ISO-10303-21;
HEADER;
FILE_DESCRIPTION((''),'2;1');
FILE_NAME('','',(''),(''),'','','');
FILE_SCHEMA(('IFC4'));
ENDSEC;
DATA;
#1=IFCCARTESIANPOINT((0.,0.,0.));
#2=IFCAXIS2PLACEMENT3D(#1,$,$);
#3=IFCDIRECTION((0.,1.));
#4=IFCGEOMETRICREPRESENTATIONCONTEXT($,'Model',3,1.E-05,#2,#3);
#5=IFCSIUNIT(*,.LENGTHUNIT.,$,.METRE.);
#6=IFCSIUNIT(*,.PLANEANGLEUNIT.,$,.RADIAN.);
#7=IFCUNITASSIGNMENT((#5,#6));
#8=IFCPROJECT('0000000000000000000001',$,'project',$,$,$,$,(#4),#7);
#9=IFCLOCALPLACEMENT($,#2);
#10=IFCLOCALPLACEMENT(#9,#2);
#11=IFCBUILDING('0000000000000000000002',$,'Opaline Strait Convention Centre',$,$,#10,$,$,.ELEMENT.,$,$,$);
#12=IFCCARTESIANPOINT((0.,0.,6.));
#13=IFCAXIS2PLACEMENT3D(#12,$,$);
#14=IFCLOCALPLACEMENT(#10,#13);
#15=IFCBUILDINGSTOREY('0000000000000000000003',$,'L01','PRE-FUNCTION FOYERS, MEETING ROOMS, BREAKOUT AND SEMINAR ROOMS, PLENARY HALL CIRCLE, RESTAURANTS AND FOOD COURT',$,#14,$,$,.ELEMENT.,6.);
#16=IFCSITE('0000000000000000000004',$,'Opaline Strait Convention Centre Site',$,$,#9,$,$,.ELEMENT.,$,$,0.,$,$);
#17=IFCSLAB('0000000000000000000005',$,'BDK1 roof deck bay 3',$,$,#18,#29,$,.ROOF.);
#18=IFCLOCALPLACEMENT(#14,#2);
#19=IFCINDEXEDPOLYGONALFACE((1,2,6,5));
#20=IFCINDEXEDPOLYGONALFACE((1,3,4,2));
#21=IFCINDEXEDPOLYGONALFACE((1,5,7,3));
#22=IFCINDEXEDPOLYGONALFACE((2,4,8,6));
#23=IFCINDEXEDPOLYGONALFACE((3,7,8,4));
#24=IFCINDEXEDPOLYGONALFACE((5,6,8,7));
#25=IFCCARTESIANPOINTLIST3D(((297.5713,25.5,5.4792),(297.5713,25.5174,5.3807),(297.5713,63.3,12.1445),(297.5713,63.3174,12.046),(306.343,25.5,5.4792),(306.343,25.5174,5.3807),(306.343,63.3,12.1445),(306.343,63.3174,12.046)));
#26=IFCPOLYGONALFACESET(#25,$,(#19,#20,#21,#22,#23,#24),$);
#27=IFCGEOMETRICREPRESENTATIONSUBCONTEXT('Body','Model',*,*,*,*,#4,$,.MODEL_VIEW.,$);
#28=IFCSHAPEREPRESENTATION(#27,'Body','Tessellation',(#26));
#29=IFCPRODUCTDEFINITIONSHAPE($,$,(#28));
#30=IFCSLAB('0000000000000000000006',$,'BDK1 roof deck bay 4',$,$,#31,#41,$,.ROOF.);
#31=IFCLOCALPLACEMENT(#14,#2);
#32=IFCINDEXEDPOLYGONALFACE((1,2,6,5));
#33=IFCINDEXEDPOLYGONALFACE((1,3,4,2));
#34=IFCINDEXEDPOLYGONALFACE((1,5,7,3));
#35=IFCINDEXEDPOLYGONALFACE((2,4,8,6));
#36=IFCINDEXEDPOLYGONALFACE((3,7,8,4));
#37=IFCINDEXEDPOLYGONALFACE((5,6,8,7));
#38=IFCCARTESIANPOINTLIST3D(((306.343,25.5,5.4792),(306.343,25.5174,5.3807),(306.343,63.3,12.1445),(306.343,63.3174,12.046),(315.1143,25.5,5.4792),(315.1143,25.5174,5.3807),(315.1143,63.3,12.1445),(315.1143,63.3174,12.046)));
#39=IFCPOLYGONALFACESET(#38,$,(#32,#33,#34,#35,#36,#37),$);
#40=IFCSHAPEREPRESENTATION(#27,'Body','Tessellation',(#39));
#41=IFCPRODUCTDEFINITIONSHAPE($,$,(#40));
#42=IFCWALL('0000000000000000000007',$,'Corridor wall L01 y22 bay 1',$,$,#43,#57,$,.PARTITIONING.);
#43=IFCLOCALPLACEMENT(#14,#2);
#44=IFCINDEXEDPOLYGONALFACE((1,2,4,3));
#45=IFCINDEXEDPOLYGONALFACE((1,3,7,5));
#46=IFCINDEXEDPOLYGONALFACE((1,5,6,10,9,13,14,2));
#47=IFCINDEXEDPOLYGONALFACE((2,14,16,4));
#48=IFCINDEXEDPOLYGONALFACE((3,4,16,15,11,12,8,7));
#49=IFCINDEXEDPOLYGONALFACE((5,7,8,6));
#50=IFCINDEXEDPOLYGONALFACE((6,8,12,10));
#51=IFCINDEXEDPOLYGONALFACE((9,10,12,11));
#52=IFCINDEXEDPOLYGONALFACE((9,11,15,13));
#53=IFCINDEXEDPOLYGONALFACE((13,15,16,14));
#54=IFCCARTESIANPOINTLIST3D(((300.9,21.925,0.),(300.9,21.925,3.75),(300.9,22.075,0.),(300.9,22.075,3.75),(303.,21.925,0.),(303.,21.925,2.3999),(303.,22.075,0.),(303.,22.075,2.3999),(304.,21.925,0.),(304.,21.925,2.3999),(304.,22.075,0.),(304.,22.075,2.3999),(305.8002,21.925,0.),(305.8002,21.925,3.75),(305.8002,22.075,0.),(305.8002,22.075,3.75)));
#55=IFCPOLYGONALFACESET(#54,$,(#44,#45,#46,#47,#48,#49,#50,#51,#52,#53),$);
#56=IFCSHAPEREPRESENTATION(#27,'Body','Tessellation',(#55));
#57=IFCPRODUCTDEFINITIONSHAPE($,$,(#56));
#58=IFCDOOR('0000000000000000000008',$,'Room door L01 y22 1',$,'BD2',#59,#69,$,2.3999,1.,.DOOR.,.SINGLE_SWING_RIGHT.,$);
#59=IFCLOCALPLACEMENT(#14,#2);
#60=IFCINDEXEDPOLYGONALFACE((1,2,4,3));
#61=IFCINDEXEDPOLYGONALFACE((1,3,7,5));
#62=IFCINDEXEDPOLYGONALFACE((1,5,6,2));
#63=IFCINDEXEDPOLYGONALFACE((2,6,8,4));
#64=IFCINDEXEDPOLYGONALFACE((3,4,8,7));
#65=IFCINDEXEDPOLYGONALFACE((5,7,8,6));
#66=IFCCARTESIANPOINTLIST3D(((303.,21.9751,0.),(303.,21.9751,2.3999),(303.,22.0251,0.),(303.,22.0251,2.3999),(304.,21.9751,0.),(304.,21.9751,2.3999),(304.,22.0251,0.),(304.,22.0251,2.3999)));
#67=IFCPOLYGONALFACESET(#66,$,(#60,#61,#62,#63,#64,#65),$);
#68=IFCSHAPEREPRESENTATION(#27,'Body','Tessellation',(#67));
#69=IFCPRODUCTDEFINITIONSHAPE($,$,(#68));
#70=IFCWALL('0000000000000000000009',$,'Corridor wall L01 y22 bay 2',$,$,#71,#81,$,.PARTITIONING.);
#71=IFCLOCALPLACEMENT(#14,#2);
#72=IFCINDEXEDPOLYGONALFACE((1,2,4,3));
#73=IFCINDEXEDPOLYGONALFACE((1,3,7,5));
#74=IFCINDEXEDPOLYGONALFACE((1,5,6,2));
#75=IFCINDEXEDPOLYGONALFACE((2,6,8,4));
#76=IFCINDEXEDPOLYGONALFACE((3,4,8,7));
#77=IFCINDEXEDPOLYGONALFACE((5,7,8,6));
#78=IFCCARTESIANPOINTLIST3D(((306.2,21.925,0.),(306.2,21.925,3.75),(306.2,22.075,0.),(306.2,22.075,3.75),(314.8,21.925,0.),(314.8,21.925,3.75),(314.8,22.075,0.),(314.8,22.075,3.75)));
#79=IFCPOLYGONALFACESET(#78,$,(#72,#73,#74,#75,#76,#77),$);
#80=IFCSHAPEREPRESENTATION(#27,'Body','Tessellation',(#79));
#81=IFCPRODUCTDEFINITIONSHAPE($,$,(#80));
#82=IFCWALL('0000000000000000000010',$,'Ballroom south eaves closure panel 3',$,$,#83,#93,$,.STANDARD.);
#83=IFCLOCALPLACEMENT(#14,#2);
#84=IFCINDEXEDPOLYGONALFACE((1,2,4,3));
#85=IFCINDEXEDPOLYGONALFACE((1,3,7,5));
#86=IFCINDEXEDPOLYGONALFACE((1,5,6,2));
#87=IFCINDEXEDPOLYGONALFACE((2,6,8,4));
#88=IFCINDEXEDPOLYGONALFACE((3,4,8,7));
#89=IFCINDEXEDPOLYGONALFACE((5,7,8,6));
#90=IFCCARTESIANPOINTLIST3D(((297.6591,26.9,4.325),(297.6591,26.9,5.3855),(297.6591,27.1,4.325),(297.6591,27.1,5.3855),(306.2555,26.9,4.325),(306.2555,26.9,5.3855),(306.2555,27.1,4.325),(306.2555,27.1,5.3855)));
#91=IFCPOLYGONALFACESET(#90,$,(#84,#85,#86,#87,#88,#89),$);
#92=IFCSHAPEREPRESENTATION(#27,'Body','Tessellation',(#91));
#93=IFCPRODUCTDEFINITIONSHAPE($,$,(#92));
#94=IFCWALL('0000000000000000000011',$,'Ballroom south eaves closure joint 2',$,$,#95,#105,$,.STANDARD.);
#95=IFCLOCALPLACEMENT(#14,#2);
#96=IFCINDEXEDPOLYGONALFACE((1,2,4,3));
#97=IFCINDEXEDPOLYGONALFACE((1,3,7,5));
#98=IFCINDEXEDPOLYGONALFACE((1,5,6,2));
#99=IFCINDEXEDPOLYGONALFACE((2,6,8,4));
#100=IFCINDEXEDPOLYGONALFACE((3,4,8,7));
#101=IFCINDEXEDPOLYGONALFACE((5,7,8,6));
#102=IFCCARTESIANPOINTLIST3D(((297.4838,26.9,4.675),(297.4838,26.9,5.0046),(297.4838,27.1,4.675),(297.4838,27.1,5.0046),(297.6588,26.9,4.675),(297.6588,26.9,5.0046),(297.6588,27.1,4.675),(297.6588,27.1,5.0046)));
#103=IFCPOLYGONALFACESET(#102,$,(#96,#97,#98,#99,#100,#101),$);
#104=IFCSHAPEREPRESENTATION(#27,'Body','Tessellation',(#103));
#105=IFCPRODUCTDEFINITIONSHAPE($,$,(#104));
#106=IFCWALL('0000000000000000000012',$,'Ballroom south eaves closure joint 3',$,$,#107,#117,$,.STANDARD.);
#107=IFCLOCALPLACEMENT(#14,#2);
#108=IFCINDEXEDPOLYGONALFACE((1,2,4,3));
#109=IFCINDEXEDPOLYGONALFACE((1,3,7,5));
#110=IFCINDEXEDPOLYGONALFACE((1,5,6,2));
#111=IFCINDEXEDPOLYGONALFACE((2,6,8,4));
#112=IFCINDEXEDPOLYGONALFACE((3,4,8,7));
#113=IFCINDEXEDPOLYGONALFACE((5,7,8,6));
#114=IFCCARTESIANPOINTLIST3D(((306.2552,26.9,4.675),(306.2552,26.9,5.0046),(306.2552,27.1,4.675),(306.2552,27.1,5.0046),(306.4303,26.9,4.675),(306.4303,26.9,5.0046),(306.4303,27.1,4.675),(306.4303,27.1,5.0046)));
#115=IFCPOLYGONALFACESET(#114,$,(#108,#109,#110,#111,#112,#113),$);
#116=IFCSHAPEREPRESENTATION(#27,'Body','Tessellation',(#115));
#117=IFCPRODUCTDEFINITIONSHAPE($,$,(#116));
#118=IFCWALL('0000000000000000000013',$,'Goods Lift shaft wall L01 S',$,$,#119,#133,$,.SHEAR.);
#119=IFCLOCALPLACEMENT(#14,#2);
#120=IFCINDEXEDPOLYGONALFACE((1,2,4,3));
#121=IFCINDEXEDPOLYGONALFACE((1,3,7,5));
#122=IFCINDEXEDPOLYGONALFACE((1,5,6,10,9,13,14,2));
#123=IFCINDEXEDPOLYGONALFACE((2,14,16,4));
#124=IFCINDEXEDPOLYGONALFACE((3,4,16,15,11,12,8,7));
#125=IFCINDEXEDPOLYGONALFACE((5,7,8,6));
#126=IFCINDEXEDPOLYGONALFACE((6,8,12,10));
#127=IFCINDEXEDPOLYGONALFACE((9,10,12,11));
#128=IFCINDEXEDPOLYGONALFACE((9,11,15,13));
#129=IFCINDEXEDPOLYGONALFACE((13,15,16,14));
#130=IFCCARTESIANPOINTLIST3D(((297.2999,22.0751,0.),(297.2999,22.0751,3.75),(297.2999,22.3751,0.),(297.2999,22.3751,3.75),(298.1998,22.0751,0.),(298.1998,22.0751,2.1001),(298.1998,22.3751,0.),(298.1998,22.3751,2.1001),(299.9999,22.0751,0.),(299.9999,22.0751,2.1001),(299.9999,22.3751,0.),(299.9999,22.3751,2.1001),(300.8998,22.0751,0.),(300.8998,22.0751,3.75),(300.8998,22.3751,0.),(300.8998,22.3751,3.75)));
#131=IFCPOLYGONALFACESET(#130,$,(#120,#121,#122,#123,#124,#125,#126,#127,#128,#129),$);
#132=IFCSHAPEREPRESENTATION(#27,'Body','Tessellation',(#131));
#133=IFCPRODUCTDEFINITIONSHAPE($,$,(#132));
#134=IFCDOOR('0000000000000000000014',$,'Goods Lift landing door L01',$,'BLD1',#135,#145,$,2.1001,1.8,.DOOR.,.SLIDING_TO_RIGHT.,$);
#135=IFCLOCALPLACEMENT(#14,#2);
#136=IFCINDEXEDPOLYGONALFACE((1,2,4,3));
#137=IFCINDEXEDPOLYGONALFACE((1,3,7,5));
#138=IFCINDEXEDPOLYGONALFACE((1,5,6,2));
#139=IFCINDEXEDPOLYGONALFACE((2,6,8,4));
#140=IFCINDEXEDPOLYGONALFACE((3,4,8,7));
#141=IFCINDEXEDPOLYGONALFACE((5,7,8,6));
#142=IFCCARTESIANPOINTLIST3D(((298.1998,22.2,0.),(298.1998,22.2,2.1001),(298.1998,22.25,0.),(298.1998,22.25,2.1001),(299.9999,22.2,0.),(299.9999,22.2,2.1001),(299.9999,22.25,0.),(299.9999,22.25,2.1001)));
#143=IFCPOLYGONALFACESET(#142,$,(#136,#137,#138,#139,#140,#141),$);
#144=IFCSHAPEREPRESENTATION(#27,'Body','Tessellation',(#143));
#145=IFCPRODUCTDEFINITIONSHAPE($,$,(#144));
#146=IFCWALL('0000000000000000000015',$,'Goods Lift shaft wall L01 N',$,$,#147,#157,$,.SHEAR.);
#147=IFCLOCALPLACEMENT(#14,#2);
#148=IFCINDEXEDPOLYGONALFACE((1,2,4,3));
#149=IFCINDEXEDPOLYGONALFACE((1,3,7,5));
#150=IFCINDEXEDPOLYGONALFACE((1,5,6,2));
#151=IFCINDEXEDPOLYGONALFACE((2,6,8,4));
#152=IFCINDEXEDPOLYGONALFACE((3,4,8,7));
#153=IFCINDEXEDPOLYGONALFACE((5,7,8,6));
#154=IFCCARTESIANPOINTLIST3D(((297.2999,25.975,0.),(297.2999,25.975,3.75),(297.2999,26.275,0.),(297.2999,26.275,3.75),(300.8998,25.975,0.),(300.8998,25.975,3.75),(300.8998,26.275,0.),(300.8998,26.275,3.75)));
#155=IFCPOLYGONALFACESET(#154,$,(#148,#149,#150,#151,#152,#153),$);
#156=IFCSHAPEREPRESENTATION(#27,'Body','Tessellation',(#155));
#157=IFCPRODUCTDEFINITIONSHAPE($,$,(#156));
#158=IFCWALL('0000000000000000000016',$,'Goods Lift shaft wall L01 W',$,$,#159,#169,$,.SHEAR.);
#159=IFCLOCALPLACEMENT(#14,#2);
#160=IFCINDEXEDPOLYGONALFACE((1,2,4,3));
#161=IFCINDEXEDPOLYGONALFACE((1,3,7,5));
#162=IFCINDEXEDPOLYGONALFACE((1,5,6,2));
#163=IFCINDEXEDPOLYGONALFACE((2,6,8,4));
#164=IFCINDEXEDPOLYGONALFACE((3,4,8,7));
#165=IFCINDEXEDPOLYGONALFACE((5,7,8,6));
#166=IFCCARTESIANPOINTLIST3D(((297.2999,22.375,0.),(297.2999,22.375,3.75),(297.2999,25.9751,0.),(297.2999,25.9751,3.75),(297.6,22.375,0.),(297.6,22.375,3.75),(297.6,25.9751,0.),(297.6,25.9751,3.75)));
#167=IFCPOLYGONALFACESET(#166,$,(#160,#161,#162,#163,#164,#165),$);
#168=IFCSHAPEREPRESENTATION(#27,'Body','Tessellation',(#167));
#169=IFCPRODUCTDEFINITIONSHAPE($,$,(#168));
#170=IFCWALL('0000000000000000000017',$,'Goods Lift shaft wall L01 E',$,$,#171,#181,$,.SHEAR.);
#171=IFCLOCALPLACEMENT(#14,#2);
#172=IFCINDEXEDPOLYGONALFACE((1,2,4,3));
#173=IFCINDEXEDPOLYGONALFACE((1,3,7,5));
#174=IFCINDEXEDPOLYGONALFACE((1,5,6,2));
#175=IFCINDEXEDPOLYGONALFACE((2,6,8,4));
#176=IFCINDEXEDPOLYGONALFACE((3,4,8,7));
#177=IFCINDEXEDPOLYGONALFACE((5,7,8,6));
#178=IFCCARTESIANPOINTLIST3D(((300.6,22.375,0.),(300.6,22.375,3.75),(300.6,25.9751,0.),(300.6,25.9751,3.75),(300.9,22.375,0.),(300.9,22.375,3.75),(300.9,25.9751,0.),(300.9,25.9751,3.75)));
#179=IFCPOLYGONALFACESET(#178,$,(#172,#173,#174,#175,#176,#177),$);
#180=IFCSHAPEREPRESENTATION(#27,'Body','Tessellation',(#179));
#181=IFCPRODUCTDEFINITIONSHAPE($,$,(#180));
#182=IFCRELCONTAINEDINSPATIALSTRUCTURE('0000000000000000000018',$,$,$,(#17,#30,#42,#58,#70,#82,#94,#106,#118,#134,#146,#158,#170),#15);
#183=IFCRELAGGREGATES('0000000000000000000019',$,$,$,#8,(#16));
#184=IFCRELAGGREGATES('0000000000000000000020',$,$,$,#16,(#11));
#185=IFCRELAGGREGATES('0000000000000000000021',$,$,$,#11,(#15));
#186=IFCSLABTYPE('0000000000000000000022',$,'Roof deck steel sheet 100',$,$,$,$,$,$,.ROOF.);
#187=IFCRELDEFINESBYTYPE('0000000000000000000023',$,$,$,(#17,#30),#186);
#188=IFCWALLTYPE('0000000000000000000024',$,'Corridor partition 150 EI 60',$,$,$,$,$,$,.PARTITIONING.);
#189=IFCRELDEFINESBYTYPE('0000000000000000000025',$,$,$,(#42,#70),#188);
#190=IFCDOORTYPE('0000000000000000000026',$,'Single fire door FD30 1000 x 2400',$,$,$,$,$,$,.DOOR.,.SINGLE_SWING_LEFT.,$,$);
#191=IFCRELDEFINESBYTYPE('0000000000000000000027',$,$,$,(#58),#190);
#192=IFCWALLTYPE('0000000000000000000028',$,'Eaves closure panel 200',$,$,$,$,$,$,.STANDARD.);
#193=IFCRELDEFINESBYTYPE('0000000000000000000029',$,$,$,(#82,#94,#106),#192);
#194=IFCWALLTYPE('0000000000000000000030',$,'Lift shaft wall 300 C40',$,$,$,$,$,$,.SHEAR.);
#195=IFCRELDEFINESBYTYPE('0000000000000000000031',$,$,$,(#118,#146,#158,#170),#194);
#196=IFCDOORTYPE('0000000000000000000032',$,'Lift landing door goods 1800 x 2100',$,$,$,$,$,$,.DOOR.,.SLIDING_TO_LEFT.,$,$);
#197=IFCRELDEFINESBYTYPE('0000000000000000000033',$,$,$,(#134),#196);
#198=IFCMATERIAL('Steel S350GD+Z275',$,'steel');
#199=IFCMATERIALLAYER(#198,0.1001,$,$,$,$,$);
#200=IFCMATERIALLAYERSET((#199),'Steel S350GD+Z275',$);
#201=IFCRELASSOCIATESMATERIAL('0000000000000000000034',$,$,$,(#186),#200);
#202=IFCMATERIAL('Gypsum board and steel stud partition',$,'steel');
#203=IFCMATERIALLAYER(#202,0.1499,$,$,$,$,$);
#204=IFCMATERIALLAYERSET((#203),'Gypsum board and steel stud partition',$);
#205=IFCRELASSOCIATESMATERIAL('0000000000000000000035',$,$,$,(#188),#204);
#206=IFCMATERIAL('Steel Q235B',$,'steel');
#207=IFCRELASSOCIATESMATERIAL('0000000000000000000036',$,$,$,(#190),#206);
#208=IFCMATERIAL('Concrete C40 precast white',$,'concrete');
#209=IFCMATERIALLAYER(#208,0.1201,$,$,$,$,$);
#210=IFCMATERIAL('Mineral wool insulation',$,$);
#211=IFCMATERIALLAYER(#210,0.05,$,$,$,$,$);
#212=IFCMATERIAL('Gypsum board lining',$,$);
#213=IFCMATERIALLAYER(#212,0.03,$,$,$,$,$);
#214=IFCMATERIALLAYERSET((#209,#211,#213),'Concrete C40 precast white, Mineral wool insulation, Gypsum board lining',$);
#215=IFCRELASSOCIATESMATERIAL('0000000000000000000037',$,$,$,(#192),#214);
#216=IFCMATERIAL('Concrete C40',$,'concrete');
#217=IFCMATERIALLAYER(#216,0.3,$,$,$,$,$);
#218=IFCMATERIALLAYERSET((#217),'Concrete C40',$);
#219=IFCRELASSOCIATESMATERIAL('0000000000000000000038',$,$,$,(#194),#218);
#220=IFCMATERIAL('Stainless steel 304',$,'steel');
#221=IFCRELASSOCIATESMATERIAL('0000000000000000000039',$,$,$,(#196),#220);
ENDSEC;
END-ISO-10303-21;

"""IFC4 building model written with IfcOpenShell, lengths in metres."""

from ifc_helpers import new_model, si_unit, direction, frame, frame_2d, origin, place, context, subcontext, project, spatial, polyline, rectangle, outline, extrude, material, layer, layer_set, type_object, element, fill, save


model = new_model("IFC4")

# Units and contexts
model_context = context("Model", 3, precision=1e-05, world=origin(), true_north=direction((0.0, 1.0)))
body_context = subcontext(model_context, "Body", "Model", "MODEL_VIEW")
ifc_project = project(units=[si_unit("LENGTHUNIT", "METRE"), si_unit("PLANEANGLEUNIT", "RADIAN")], contexts=[model_context])

# Site, building, storey
site_placement = place(None, origin())
site = spatial("IfcSite", under=ifc_project, at=site_placement, Name="Opaline Strait Convention Centre Site", CompositionType="ELEMENT", RefElevation=0.0)
building_placement = place(site_placement, origin())
building = spatial("IfcBuilding", under=site, at=building_placement, Name="Opaline Strait Convention Centre", CompositionType="ELEMENT")
storey_placement = place(building_placement, frame((0.0, 0.0, 6.0)))
storey = spatial("IfcBuildingStorey", under=building, at=storey_placement, Name="L01", Description="PRE-FUNCTION FOYERS, MEETING ROOMS, BREAKOUT AND SEMINAR ROOMS, PLENARY HALL CIRCLE, RESTAURANTS AND FOOD COURT", CompositionType="ELEMENT", Elevation=6.0)

# Slabs
ifc_material_1 = material(Name="Steel S350GD+Z275", Category="steel")
ifc_layer_1 = layer(ifc_material_1, 0.1001)
ifc_layer_set_1 = layer_set([ifc_layer_1], Name="Steel S350GD+Z275")
slab_type = type_object("IfcSlabType", Name="Roof deck steel sheet 100", PredefinedType="ROOF", material=ifc_layer_set_1)
slab_1_placement = place(storey_placement, frame((297.5713, 25.5, 5.4792), z_axis=(0.0, -0.173651, 0.984807), x_axis=(1.0, 0.0, 0.0)))
element("IfcSlab", 1, at=slab_1_placement, inside=storey, type_object=slab_type, Name="BDK1 roof deck bay 3", PredefinedType="ROOF", context=body_context, shape_type="SweptSolid", body=[
    extrude(outline(polyline([(0.0, 0.0), (8.7717, 0.0), (8.7717, 38.3832), (0.0, 38.3832), (0.0, 0.0)])), origin(), (0.0, 0.0, -1.0), 0.1001),
])
slab_2_placement = place(storey_placement, frame((306.343, 25.5, 5.4792), z_axis=(0.0, -0.173651, 0.984807), x_axis=(1.0, 0.0, 0.0)))
element("IfcSlab", 2, at=slab_2_placement, inside=storey, type_object=slab_type, Name="BDK1 roof deck bay 4", PredefinedType="ROOF", context=body_context, shape_type="SweptSolid", body=[
    extrude(outline(polyline([(0.0, 0.0), (8.7712, 0.0), (8.7712, 38.3832), (0.0, 38.3832), (0.0, 0.0)])), origin(), (0.0, 0.0, -1.0), 0.1001),
])

# Wall, opening, door
ifc_material_2 = material(Name="Gypsum board and steel stud partition", Category="steel")
ifc_layer_2 = layer(ifc_material_2, 0.1499)
ifc_layer_set_2 = layer_set([ifc_layer_2], Name="Gypsum board and steel stud partition")
wall_type_1 = type_object("IfcWallType", Name="Corridor partition 150 EI 60", PredefinedType="PARTITIONING", material=ifc_layer_set_2)
wall_1_placement = place(storey_placement, frame((300.8999, 22.0, 0.0), z_axis=(0.0, 0.0, 1.0), x_axis=(1.0, 0.0, 0.0)))
wall_1 = element("IfcWall", 3, at=wall_1_placement, inside=storey, type_object=wall_type_1, Name="Corridor wall L01 y22 bay 1", PredefinedType="PARTITIONING", context=body_context, shape_type="SweptSolid", body=[
    extrude(rectangle(XDim=4.9001, YDim=0.1499, at=frame_2d((2.4502, 0.0))), origin(), (0.0, 0.0, 1.0), 3.75),
])
opening_1_placement = place(wall_1_placement, frame((2.1001, 0.0, 0.0)))
opening_1 = element("IfcOpeningElement", 4, at=opening_1_placement, cuts=wall_1, PredefinedType="OPENING", context=body_context, shape_type="SweptSolid", body=[
    extrude(rectangle(XDim=1.0, YDim=2.3999, at=frame_2d((0.5, 1.2))), frame((0.0, 0.085, 0.0), z_axis=(0.0, -1.0, 0.0), x_axis=(1.0, 0.0, 0.0)), (0.0, 0.0, 1.0), 0.1699),
])
ifc_material_3 = material(Name="Steel Q235B", Category="steel")
door_type_1 = type_object("IfcDoorType", Name="Single fire door FD30 1000 x 2400", OperationType="SINGLE_SWING_LEFT", PredefinedType="DOOR", material=ifc_material_3)
door_1_placement = place(opening_1_placement, frame((1.0, 0.0, 0.0), z_axis=(0.0, 0.0, 1.0), x_axis=(-1.0, 0.0, 0.0)))
door_1 = element("IfcDoor", 5, at=door_1_placement, inside=storey, type_object=door_type_1, Name="Room door L01 y22 1", ObjectType="BD2", OperationType="SINGLE_SWING_RIGHT", OverallHeight=2.3999, OverallWidth=1.0, PredefinedType="DOOR", context=body_context, shape_type="SweptSolid", body=[
    extrude(rectangle(XDim=1.0, YDim=2.3999, at=frame_2d((0.5, 1.2))), frame((0.0, 0.0249, 0.0), z_axis=(0.0, -1.0, 0.0), x_axis=(1.0, 0.0, 0.0)), (0.0, 0.0, 1.0), 0.05),
])
fill(opening_1, door_1)

# Walls
wall_2_placement = place(storey_placement, frame((306.2, 22.0, 0.0), z_axis=(0.0, 0.0, 1.0), x_axis=(1.0, 0.0, 0.0)))
element("IfcWall", 6, at=wall_2_placement, inside=storey, type_object=wall_type_1, Name="Corridor wall L01 y22 bay 2", PredefinedType="PARTITIONING", context=body_context, shape_type="SweptSolid", body=[
    extrude(rectangle(XDim=8.6001, YDim=0.1499, at=frame_2d((4.3, 0.0))), origin(), (0.0, 0.0, 1.0), 3.75),
])
ifc_material_4 = material(Name="Concrete C40 precast white", Category="concrete")
ifc_layer_3 = layer(ifc_material_4, 0.1201)
ifc_material_5 = material(Name="Mineral wool insulation")
ifc_layer_4 = layer(ifc_material_5, 0.05)
ifc_material_6 = material(Name="Gypsum board lining")
ifc_layer_5 = layer(ifc_material_6, 0.03)
ifc_layer_set_3 = layer_set([ifc_layer_3, ifc_layer_4, ifc_layer_5], Name="Concrete C40 precast white, Mineral wool insulation, Gypsum board lining")
wall_type_2 = type_object("IfcWallType", Name="Eaves closure panel 200", PredefinedType="STANDARD", material=ifc_layer_set_3)
wall_3_placement = place(storey_placement, frame((297.6589, 27.0, 4.325), z_axis=(0.0, 0.0, 1.0), x_axis=(1.0, 0.0, 0.0)))
element("IfcWall", 7, at=wall_3_placement, inside=storey, type_object=wall_type_2, Name="Ballroom south eaves closure panel 3", PredefinedType="STANDARD", context=body_context, shape_type="SweptSolid", body=[
    extrude(rectangle(XDim=8.5964, YDim=0.2, at=frame_2d((4.2983, 0.0))), origin(), (0.0, 0.0, 1.0), 1.0605),
])
for number, where, z_axis, x_axis, name in (
    (8, (297.4839, 27.0, 4.675), (0.0, 0.0, 1.0), (1.0, 0.0, 0.0), "Ballroom south eaves closure joint 2"),
    (9, (306.2554, 27.0, 4.675), (0.0, 0.0, 1.0), (1.0, 0.0, 0.0), "Ballroom south eaves closure joint 3"),
):
    element("IfcWall", number, at=place(storey_placement, frame(where, z_axis=z_axis, x_axis=x_axis)), inside=storey, type_object=wall_type_2, Name=name, PredefinedType="STANDARD", context=body_context, shape_type="SweptSolid", body=[
        extrude(rectangle(XDim=0.175, YDim=0.2, at=frame_2d((0.0874, 0.0))), origin(), (0.0, 0.0, 1.0), 0.3296),
    ])

# Wall, opening, door
ifc_material_7 = material(Name="Concrete C40", Category="concrete")
ifc_layer_6 = layer(ifc_material_7, 0.3)
ifc_layer_set_4 = layer_set([ifc_layer_6], Name="Concrete C40")
wall_type_3 = type_object("IfcWallType", Name="Lift shaft wall 300 C40", PredefinedType="SHEAR", material=ifc_layer_set_4)
wall_4_placement = place(storey_placement, frame((297.3, 22.2251, 0.0), z_axis=(0.0, 0.0, 1.0), x_axis=(1.0, 0.0, 0.0)))
wall_4 = element("IfcWall", 10, at=wall_4_placement, inside=storey, type_object=wall_type_3, Name="Goods Lift shaft wall L01 S", PredefinedType="SHEAR", context=body_context, shape_type="SweptSolid", body=[
    extrude(rectangle(XDim=3.5999, YDim=0.3, at=frame_2d((1.7998, 0.0))), origin(), (0.0, 0.0, 1.0), 3.75),
])
opening_2_placement = place(wall_4_placement, frame((0.8999, 0.0, 0.0)))
opening_2 = element("IfcOpeningElement", 11, at=opening_2_placement, cuts=wall_4, PredefinedType="OPENING", context=body_context, shape_type="SweptSolid", body=[
    extrude(rectangle(XDim=1.8, YDim=2.1001, at=frame_2d((0.8999, 1.05))), frame((0.0, 0.1599, 0.0), z_axis=(0.0, -1.0, 0.0), x_axis=(1.0, 0.0, 0.0)), (0.0, 0.0, 1.0), 0.3201),
])
ifc_material_8 = material(Name="Stainless steel 304", Category="steel")
door_type_2 = type_object("IfcDoorType", Name="Lift landing door goods 1800 x 2100", OperationType="SLIDING_TO_LEFT", PredefinedType="DOOR", material=ifc_material_8)
door_2_placement = place(opening_2_placement, origin())
door_2 = element("IfcDoor", 12, at=door_2_placement, inside=storey, type_object=door_type_2, Name="Goods Lift landing door L01", ObjectType="BLD1", OperationType="SLIDING_TO_RIGHT", OverallHeight=2.1001, OverallWidth=1.8, PredefinedType="DOOR", context=body_context, shape_type="SweptSolid", body=[
    extrude(rectangle(XDim=1.8, YDim=2.1001, at=frame_2d((0.8999, 1.05))), frame((0.0, 0.0249, 0.0), z_axis=(0.0, -1.0, 0.0), x_axis=(1.0, 0.0, 0.0)), (0.0, 0.0, 1.0), 0.05),
])
fill(opening_2, door_2)

# Walls
wall_5_placement = place(storey_placement, frame((297.3, 26.125, 0.0), z_axis=(0.0, 0.0, 1.0), x_axis=(1.0, 0.0, 0.0)))
element("IfcWall", 13, at=wall_5_placement, inside=storey, type_object=wall_type_3, Name="Goods Lift shaft wall L01 N", PredefinedType="SHEAR", context=body_context, shape_type="SweptSolid", body=[
    extrude(rectangle(XDim=3.5999, YDim=0.3, at=frame_2d((1.7998, 0.0))), origin(), (0.0, 0.0, 1.0), 3.75),
])
for number, where, z_axis, x_axis, name in (
    (14, (297.45, 22.375, 0.0), (0.0, 0.0, 1.0), (0.0, 1.0, 0.0), "Goods Lift shaft wall L01 W"),
    (15, (300.75, 22.375, 0.0), (0.0, 0.0, 1.0), (0.0, 1.0, 0.0), "Goods Lift shaft wall L01 E"),
):
    element("IfcWall", number, at=place(storey_placement, frame(where, z_axis=z_axis, x_axis=x_axis)), inside=storey, type_object=wall_type_3, Name=name, PredefinedType="SHEAR", context=body_context, shape_type="SweptSolid", body=[
        extrude(rectangle(XDim=3.6001, YDim=0.3, at=frame_2d((1.8, 0.0))), origin(), (0.0, 0.0, 1.0), 3.75),
    ])

save(model, "model.ifc")
